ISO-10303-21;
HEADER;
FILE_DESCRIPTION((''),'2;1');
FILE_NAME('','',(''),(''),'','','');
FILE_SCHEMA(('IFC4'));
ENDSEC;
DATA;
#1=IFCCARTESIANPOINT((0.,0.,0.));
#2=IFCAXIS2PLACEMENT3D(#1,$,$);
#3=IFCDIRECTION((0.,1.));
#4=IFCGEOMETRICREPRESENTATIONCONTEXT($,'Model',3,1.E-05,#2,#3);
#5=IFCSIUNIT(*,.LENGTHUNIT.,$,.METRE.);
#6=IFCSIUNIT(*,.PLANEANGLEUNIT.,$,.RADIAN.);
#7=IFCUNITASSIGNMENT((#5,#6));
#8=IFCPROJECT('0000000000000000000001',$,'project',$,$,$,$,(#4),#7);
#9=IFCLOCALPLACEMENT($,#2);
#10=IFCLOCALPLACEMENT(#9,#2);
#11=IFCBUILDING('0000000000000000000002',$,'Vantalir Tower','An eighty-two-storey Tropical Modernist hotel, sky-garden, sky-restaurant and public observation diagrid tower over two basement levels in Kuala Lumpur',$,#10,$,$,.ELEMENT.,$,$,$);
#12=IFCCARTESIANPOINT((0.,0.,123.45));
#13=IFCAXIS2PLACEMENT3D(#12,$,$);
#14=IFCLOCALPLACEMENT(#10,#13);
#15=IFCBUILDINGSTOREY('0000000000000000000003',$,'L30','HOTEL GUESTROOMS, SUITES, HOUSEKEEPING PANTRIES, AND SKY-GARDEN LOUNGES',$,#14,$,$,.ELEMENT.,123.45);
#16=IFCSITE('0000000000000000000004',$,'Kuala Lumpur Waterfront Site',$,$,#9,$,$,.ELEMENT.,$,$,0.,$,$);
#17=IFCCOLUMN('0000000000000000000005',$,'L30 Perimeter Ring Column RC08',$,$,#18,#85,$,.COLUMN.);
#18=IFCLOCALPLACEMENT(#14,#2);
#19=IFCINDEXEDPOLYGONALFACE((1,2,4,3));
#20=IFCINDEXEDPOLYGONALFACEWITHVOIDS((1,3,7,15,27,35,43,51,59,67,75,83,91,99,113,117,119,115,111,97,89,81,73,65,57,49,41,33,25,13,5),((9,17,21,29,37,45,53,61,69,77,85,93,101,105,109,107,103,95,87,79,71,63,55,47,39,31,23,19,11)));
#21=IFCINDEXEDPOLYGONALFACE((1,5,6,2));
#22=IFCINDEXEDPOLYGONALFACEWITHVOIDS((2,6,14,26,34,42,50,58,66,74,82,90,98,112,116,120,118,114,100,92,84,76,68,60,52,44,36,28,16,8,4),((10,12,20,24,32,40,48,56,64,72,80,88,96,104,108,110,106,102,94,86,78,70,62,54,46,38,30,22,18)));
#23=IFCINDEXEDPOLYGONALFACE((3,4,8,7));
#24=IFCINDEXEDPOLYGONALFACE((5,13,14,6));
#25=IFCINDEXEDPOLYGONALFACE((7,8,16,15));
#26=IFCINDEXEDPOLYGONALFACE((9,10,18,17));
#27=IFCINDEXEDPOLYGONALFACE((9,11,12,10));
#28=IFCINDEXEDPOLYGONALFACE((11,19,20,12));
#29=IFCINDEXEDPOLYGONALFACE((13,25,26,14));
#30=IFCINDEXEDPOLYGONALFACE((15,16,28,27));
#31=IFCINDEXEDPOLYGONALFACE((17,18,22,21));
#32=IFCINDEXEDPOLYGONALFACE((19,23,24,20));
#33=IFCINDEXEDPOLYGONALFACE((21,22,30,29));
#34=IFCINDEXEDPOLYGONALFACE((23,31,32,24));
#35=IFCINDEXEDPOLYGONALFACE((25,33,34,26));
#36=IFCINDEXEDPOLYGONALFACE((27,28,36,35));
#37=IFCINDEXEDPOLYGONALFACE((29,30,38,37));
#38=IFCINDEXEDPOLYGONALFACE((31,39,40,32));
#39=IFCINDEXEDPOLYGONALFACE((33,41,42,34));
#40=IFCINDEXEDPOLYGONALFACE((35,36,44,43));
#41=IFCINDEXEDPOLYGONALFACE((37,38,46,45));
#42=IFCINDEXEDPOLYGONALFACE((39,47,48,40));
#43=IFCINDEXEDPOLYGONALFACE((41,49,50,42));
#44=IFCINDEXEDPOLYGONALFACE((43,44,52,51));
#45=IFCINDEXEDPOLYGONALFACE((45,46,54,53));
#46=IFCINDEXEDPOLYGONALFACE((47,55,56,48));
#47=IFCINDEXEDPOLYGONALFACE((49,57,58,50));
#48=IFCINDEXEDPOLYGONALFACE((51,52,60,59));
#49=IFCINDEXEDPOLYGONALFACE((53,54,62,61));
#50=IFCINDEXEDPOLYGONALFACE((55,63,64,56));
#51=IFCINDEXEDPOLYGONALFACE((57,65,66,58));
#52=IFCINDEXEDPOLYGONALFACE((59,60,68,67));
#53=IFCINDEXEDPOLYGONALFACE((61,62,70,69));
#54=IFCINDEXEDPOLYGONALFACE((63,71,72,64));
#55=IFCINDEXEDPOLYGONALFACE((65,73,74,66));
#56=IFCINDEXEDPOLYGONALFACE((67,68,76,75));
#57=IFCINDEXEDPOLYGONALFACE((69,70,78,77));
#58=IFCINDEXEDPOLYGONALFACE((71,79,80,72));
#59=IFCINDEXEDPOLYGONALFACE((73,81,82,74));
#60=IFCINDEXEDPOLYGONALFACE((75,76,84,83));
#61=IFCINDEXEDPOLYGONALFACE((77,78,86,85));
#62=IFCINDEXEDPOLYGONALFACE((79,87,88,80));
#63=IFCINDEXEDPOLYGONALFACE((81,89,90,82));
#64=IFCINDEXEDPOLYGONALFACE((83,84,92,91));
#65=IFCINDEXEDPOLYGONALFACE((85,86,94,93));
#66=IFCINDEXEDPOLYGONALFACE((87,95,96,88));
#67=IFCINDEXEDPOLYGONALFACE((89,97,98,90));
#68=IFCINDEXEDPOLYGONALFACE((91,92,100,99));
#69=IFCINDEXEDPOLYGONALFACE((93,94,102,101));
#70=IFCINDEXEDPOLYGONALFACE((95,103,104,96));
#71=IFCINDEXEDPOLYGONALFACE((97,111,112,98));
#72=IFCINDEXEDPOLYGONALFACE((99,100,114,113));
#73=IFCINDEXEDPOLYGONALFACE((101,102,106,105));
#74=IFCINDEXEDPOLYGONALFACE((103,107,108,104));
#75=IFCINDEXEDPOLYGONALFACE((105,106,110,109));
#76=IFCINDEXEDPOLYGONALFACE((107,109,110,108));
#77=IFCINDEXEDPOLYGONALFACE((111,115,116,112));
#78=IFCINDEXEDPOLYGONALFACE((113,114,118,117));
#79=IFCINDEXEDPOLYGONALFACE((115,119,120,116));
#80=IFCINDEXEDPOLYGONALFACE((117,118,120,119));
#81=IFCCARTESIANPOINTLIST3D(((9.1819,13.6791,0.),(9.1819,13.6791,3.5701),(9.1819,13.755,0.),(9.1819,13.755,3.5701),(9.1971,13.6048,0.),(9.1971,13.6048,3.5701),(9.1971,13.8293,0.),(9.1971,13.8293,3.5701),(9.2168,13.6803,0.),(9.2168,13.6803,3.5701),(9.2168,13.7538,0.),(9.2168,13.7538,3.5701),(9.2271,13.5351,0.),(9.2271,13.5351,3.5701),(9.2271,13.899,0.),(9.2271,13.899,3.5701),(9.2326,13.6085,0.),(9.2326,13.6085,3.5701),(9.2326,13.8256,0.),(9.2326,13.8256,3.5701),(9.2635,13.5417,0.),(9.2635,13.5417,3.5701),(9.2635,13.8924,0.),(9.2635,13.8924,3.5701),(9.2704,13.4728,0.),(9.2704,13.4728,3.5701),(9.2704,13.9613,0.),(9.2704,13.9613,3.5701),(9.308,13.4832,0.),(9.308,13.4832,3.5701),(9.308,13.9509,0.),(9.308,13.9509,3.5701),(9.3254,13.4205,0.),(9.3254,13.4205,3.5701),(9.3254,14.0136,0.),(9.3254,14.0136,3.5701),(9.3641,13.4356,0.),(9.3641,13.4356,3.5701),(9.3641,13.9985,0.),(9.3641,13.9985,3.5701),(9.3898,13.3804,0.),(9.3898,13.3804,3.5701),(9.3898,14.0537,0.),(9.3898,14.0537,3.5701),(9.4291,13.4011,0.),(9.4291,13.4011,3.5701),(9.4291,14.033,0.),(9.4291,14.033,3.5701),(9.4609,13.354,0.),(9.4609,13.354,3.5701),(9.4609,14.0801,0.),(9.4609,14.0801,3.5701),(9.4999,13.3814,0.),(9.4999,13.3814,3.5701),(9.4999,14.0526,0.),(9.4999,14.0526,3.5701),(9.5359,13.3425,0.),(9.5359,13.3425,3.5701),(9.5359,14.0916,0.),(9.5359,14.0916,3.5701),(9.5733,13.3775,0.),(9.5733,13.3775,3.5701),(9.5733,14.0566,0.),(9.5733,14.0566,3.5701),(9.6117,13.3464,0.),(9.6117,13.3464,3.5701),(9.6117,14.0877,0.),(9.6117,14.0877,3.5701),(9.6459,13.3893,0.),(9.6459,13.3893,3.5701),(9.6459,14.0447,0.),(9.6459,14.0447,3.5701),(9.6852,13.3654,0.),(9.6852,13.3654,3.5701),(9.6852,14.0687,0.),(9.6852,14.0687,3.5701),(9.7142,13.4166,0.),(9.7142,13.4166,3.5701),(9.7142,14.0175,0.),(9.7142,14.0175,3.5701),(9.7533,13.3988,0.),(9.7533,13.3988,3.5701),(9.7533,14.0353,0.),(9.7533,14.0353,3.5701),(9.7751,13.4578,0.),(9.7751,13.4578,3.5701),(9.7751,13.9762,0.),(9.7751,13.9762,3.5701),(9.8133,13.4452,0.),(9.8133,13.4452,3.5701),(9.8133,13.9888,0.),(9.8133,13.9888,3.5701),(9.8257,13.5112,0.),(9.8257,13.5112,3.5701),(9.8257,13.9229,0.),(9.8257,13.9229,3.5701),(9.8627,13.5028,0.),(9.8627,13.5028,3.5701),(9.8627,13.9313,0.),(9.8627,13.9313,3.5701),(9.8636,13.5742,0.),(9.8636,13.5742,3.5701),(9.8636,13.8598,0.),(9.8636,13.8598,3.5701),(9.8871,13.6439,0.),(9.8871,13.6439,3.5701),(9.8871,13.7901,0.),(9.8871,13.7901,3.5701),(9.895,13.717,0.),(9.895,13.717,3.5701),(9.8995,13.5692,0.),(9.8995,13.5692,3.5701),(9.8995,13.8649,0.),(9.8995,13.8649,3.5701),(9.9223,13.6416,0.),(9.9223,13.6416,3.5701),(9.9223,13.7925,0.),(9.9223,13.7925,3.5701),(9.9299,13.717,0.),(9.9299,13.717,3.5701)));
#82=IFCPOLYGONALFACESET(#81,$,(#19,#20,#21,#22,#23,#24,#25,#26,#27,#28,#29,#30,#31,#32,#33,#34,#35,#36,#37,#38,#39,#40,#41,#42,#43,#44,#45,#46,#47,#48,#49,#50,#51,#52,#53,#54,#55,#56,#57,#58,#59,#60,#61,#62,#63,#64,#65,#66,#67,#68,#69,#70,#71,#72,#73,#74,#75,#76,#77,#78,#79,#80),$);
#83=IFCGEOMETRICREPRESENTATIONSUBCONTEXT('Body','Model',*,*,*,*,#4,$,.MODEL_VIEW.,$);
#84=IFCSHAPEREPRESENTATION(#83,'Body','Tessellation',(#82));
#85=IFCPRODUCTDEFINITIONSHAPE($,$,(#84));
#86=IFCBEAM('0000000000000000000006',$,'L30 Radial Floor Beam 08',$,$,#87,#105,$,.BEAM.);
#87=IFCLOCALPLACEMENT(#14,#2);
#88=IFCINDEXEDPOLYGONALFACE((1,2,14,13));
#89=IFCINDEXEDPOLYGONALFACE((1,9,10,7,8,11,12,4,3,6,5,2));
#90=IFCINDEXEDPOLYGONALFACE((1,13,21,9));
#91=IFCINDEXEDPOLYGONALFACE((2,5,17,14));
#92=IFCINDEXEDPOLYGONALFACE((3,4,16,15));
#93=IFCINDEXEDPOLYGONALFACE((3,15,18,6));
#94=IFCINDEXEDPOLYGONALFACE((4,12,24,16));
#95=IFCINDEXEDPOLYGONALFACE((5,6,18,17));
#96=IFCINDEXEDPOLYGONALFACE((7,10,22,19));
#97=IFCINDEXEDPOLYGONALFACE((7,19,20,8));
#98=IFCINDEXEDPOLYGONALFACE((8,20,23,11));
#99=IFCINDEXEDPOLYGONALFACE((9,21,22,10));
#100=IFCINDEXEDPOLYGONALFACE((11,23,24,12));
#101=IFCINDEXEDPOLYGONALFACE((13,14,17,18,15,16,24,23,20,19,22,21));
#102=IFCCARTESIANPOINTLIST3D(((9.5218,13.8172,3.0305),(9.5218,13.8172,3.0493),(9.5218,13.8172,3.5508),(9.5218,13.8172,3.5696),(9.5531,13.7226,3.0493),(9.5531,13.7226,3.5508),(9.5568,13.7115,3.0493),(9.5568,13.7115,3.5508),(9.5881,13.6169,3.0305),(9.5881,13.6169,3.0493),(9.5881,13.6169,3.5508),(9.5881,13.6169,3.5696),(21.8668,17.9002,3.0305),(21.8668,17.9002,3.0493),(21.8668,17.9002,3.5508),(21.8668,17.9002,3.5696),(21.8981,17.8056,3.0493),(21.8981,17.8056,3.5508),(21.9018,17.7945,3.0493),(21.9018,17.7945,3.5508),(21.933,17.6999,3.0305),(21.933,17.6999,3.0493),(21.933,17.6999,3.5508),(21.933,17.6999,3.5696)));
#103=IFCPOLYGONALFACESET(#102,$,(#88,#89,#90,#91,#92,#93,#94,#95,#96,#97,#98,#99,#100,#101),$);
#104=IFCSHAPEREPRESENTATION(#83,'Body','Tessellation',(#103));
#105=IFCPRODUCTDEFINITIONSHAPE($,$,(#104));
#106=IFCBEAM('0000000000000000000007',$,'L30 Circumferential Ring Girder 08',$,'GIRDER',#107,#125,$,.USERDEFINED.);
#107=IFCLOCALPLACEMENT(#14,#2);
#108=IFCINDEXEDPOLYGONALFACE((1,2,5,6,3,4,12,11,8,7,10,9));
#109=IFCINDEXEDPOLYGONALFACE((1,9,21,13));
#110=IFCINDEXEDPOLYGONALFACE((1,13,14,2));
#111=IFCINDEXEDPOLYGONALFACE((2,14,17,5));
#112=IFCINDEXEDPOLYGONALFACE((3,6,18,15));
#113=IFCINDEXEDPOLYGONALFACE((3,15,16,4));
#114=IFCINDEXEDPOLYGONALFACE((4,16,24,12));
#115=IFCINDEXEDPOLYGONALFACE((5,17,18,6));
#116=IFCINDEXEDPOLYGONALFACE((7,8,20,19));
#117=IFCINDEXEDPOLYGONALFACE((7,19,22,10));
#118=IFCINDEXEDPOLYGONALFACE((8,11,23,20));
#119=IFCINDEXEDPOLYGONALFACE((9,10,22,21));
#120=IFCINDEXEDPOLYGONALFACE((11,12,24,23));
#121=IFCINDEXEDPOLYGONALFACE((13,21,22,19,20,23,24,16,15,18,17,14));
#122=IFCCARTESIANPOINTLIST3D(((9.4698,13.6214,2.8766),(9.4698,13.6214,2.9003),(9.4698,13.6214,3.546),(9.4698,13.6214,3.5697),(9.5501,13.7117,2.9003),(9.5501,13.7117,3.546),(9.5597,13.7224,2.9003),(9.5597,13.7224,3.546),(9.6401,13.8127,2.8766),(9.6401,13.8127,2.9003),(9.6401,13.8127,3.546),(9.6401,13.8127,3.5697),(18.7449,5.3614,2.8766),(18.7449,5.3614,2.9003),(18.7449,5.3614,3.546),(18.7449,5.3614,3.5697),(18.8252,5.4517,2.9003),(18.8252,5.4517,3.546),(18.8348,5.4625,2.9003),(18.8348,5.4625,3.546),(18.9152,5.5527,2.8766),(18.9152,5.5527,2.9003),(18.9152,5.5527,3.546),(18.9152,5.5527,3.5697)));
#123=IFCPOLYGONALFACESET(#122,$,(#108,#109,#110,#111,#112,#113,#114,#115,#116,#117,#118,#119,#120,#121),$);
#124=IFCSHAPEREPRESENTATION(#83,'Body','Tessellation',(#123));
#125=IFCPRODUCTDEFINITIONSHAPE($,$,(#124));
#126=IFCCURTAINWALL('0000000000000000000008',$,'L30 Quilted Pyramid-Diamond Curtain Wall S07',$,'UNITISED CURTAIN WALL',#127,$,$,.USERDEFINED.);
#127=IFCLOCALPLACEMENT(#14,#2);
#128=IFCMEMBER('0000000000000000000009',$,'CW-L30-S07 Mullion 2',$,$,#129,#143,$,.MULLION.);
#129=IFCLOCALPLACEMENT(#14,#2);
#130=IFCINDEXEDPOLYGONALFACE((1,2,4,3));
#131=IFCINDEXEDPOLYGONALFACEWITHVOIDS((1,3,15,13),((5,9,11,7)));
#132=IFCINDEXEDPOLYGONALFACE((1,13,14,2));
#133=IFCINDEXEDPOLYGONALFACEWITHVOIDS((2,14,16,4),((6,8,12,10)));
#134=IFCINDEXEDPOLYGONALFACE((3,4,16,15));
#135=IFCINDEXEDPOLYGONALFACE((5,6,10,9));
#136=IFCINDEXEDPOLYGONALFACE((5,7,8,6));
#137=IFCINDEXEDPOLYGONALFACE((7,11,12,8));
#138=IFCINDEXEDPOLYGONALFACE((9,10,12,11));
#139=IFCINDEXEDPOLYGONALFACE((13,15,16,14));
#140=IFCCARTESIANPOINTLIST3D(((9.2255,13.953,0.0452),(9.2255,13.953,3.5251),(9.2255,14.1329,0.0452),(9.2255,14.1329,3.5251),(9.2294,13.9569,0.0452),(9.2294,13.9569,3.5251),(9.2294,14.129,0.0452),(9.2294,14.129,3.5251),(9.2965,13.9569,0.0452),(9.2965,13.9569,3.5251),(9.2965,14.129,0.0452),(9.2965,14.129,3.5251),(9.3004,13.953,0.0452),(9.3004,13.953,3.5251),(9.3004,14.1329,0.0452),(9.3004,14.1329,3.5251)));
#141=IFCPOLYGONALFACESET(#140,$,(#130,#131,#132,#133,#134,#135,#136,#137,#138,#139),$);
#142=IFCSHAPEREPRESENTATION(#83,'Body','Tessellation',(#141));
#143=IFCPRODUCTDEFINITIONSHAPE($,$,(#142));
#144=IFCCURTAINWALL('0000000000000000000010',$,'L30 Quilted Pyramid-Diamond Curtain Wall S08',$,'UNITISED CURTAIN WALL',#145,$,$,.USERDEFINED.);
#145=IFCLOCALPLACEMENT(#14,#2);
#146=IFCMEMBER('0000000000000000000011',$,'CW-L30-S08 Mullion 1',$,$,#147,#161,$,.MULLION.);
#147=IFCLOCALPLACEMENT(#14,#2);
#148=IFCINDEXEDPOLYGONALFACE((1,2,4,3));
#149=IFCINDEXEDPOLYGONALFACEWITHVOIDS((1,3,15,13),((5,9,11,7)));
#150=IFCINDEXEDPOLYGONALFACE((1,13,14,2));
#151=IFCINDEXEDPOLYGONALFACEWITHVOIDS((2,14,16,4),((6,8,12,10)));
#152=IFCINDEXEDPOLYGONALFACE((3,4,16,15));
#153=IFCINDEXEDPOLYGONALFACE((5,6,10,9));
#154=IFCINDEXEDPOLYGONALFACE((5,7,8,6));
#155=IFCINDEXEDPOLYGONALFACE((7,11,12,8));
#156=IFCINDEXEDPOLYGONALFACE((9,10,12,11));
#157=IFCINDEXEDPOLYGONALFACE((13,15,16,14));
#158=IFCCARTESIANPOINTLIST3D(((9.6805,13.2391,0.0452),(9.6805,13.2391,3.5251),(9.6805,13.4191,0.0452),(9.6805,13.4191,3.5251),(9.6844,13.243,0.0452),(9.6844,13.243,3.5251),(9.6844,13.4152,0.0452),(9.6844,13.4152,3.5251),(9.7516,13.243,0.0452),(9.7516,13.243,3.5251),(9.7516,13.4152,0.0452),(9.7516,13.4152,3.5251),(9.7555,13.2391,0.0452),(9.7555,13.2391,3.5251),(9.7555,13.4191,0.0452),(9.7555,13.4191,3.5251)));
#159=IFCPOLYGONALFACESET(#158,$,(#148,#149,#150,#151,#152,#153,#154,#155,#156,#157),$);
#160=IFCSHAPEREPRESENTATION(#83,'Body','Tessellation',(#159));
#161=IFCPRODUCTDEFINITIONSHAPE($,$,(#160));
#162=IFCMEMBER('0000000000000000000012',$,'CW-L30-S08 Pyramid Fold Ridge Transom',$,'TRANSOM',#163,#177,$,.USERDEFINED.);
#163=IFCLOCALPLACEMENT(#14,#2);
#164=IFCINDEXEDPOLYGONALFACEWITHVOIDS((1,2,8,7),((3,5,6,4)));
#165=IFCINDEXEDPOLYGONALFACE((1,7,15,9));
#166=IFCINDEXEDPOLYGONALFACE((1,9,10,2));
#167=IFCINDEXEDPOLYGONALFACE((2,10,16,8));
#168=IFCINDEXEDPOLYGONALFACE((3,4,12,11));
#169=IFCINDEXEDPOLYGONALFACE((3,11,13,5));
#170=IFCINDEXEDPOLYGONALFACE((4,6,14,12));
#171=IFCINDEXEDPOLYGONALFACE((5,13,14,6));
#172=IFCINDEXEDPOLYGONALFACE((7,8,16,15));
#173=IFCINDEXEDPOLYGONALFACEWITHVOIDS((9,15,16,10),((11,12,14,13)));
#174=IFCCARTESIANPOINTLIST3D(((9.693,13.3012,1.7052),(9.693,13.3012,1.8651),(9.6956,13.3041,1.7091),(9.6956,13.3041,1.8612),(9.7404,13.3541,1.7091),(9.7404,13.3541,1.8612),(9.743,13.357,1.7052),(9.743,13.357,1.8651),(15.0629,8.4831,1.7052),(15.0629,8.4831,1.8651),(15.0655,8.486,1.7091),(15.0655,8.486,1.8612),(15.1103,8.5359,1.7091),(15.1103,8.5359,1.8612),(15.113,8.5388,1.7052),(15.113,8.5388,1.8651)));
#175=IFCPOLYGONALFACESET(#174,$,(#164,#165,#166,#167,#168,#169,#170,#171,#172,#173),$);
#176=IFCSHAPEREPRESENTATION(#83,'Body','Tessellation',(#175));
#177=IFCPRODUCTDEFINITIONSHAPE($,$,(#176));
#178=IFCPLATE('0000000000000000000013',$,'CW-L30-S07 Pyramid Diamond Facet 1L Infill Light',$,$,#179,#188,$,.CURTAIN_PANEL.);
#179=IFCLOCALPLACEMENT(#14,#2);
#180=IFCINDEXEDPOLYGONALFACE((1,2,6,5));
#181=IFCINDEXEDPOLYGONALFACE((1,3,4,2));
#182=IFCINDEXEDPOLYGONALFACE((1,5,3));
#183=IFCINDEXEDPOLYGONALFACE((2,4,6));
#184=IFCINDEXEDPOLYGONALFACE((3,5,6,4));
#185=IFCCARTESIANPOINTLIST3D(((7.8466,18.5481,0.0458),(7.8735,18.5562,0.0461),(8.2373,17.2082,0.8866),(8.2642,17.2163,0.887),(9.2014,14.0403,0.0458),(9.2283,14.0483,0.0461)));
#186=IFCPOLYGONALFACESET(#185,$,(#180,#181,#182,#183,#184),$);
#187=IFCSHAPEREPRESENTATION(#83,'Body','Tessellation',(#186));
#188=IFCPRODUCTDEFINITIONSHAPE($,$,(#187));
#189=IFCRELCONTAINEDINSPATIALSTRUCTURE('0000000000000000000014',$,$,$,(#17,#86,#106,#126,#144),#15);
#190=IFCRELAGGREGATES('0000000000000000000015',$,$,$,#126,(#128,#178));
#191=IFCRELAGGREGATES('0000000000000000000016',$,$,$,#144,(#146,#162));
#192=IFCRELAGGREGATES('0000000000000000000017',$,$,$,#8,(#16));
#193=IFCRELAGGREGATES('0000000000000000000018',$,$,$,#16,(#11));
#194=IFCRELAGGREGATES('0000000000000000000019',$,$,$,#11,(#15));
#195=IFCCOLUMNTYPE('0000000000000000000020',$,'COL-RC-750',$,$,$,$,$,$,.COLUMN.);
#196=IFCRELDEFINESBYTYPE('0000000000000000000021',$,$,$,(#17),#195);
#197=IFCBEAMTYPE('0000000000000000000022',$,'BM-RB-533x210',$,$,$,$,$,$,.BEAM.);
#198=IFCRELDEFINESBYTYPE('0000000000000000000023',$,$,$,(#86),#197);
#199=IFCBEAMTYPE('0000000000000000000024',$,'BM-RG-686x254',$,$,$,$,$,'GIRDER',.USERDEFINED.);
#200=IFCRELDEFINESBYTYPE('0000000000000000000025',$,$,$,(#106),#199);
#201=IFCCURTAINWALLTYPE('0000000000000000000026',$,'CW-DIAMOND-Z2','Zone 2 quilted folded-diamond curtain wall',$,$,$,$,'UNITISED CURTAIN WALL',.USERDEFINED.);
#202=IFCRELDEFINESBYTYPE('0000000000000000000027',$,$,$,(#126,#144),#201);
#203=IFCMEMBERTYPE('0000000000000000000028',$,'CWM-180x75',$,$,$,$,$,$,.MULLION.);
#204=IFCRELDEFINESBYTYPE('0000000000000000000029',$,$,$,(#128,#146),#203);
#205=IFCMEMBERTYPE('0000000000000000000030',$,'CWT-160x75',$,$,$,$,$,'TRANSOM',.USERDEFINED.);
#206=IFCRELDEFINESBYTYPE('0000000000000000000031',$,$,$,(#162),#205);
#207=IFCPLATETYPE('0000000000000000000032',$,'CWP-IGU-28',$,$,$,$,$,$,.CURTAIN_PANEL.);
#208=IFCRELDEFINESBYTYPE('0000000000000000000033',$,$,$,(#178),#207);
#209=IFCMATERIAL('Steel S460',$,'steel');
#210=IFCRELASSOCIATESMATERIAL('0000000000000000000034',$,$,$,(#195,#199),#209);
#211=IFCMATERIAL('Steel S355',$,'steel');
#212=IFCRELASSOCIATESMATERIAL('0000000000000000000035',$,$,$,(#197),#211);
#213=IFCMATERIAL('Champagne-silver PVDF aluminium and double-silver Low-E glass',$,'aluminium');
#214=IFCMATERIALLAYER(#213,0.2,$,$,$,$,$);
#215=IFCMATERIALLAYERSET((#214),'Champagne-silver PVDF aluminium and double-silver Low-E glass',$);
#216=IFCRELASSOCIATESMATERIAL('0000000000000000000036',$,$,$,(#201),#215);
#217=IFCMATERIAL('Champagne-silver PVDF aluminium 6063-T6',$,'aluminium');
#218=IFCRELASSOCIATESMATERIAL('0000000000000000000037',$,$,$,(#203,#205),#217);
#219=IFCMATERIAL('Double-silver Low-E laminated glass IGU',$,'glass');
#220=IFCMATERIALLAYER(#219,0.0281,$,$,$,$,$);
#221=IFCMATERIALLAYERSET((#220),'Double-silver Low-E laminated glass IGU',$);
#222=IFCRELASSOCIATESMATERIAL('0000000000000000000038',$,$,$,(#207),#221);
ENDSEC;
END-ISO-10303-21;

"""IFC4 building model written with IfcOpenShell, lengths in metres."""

from ifc_helpers import new_model, si_unit, direction, frame, origin, origin_2d, place, context, subcontext, project, spatial, polyline, hollow_rectangle, hollow_circle, i_section, outline, extrude, material, layer, layer_set, material_profile, profile_set, type_object, element, aggregate, save


model = new_model("IFC4")

# Units and contexts
model_context = context("Model", 3, precision=1e-05, world=origin(), true_north=direction((0.0, 1.0)))
body_context = subcontext(model_context, "Body", "Model", "MODEL_VIEW")
ifc_project = project(units=[si_unit("LENGTHUNIT", "METRE"), si_unit("PLANEANGLEUNIT", "RADIAN")], contexts=[model_context])

# Site, building, storey
site_placement = place(None, origin())
site = spatial("IfcSite", under=ifc_project, at=site_placement, Name="Kuala Lumpur Waterfront Site", CompositionType="ELEMENT", RefElevation=0.0)
building_placement = place(site_placement, origin())
building = spatial("IfcBuilding", under=site, at=building_placement, Name="Vantalir Tower", Description="An eighty-two-storey Tropical Modernist hotel, sky-garden, sky-restaurant and public observation diagrid tower over two basement levels in Kuala Lumpur", CompositionType="ELEMENT")
storey_placement = place(building_placement, frame((0.0, 0.0, 123.45)))
storey = spatial("IfcBuildingStorey", under=building, at=storey_placement, Name="L30", Description="HOTEL GUESTROOMS, SUITES, HOUSEKEEPING PANTRIES, AND SKY-GARDEN LOUNGES", CompositionType="ELEMENT", Elevation=123.45)

# Column
ifc_material_1 = material(Name="Steel S460", Category="steel")
ifc_material_profile_1 = material_profile(ifc_material_1, hollow_circle(Radius=0.375, WallThickness=0.0349, at=origin_2d()), Name="Steel S460")
ifc_profile_set_1 = profile_set([ifc_material_profile_1], Name="Steel S460")
column_type = type_object("IfcColumnType", Name="COL-RC-750", PredefinedType="COLUMN", material=ifc_profile_set_1)
column_placement = place(storey_placement, frame((9.5549, 13.717, 0.0), z_axis=(0.0, 0.0, 1.0), x_axis=(1.0, 0.0, 0.0)))
element("IfcColumn", 1, at=column_placement, inside=storey, type_object=column_type, Name="L30 Perimeter Ring Column RC08", PredefinedType="COLUMN", context=body_context, shape_type="SweptSolid", body=[
    extrude(hollow_circle(Radius=0.375, WallThickness=0.0349, at=origin_2d()), origin(), (0.0, 0.0, 1.0), 3.5701),
])

# Beams
ifc_material_2 = material(Name="Steel S355", Category="steel")
ifc_material_profile_2 = material_profile(ifc_material_2, i_section(OverallWidth=0.2109, OverallDepth=0.5391, WebThickness=0.0117, FlangeThickness=0.0188, at=origin_2d()), Name="Steel S355")
ifc_profile_set_2 = profile_set([ifc_material_profile_2], Name="Steel S355")
beam_type_1 = type_object("IfcBeamType", Name="BM-RB-533x210", PredefinedType="BEAM", material=ifc_profile_set_2)
beam_1_placement = place(storey_placement, frame((9.5549, 13.717, 3.3), z_axis=(0.949419, 0.314013, 0.0), x_axis=(-0.314013, 0.949419, 0.0)))
element("IfcBeam", 2, at=beam_1_placement, inside=storey, type_object=beam_type_1, Name="L30 Radial Floor Beam 08", PredefinedType="BEAM", context=body_context, shape_type="SweptSolid", body=[
    extrude(i_section(OverallWidth=0.2109, OverallDepth=0.5391, WebThickness=0.0117, FlangeThickness=0.0188, at=origin_2d()), origin(), (0.0, 0.0, 1.0), 13.0027),
])
ifc_material_profile_3 = material_profile(ifc_material_1, i_section(OverallWidth=0.2561, OverallDepth=0.6931, WebThickness=0.0144, FlangeThickness=0.0237, at=origin_2d()), Name="Steel S460")
ifc_profile_set_3 = profile_set([ifc_material_profile_3], Name="Steel S460")
beam_type_2 = type_object("IfcBeamType", Name="BM-RG-686x254", ElementType="GIRDER", PredefinedType="USERDEFINED", material=ifc_profile_set_3)
beam_2_placement = place(storey_placement, frame((9.5549, 13.717, 3.2231), z_axis=(0.746792, -0.665058, 0.0), x_axis=(0.665058, 0.746792, 0.0)))
element("IfcBeam", 3, at=beam_2_placement, inside=storey, type_object=beam_type_2, Name="L30 Circumferential Ring Girder 08", ObjectType="GIRDER", PredefinedType="USERDEFINED", context=body_context, shape_type="SweptSolid", body=[
    extrude(i_section(OverallWidth=0.2561, OverallDepth=0.6931, WebThickness=0.0144, FlangeThickness=0.0237, at=origin_2d()), origin(), (0.0, 0.0, 1.0), 12.4199),
])

# Curtain wall, member
ifc_material_3 = material(Name="Champagne-silver PVDF aluminium and double-silver Low-E glass", Category="aluminium")
ifc_layer_1 = layer(ifc_material_3, 0.2)
ifc_layer_set_1 = layer_set([ifc_layer_1], Name="Champagne-silver PVDF aluminium and double-silver Low-E glass")
curtain_wall_type = type_object("IfcCurtainWallType", Name="CW-DIAMOND-Z2", Description="Zone 2 quilted folded-diamond curtain wall", ElementType="UNITISED CURTAIN WALL", PredefinedType="USERDEFINED", material=ifc_layer_set_1)
curtain_wall_1_placement = place(storey_placement, origin())
curtain_wall_1 = element("IfcCurtainWall", 4, at=curtain_wall_1_placement, inside=storey, type_object=curtain_wall_type, Name="L30 Quilted Pyramid-Diamond Curtain Wall S07", ObjectType="UNITISED CURTAIN WALL", PredefinedType="USERDEFINED")
ifc_material_4 = material(Name="Champagne-silver PVDF aluminium 6063-T6", Category="aluminium")
ifc_material_profile_4 = material_profile(ifc_material_4, hollow_rectangle(XDim=0.075, YDim=0.1799, WallThickness=0.0039, at=origin_2d()), Name="Champagne-silver PVDF aluminium 6063-T6")
ifc_profile_set_4 = profile_set([ifc_material_profile_4], Name="Champagne-silver PVDF aluminium 6063-T6")
member_type_1 = type_object("IfcMemberType", Name="CWM-180x75", PredefinedType="MULLION", material=ifc_profile_set_4)
member_1_placement = place(storey_placement, frame((9.2629, 14.043, 0.0452), z_axis=(0.0, 0.0, 1.0), x_axis=(1.0, 0.0, 0.0)))
member_1 = element("IfcMember", 5, at=member_1_placement, type_object=member_type_1, Name="CW-L30-S07 Mullion 2", PredefinedType="MULLION", context=body_context, shape_type="SweptSolid", body=[
    extrude(hollow_rectangle(XDim=0.075, YDim=0.1799, WallThickness=0.0039, at=origin_2d()), origin(), (0.0, 0.0, 1.0), 3.48),
])

# Curtain wall, members
curtain_wall_2_placement = place(storey_placement, origin())
curtain_wall_2 = element("IfcCurtainWall", 6, at=curtain_wall_2_placement, inside=storey, type_object=curtain_wall_type, Name="L30 Quilted Pyramid-Diamond Curtain Wall S08", ObjectType="UNITISED CURTAIN WALL", PredefinedType="USERDEFINED")
member_2_placement = place(storey_placement, frame((9.718, 13.3291, 0.0452), z_axis=(0.0, 0.0, 1.0), x_axis=(1.0, 0.0, 0.0)))
member_2 = element("IfcMember", 7, at=member_2_placement, type_object=member_type_1, Name="CW-L30-S08 Mullion 1", PredefinedType="MULLION", context=body_context, shape_type="SweptSolid", body=[
    extrude(hollow_rectangle(XDim=0.075, YDim=0.1799, WallThickness=0.0039, at=origin_2d()), origin(), (0.0, 0.0, 1.0), 3.48),
])
ifc_material_profile_5 = material_profile(ifc_material_4, hollow_rectangle(XDim=0.075, YDim=0.1599, WallThickness=0.0039, at=origin_2d()), Name="Champagne-silver PVDF aluminium 6063-T6")
ifc_profile_set_5 = profile_set([ifc_material_profile_5], Name="Champagne-silver PVDF aluminium 6063-T6")
member_type_2 = type_object("IfcMemberType", Name="CWT-160x75", ElementType="TRANSOM", PredefinedType="USERDEFINED", material=ifc_profile_set_5)
member_3_placement = place(storey_placement, frame((9.718, 13.3291, 1.7852), z_axis=(0.744311, -0.667833, 0.0), x_axis=(0.667833, 0.744311, 0.0)))
member_3 = element("IfcMember", 8, at=member_3_placement, type_object=member_type_2, Name="CW-L30-S08 Pyramid Fold Ridge Transom", ObjectType="TRANSOM", PredefinedType="USERDEFINED", context=body_context, shape_type="SweptSolid", body=[
    extrude(hollow_rectangle(XDim=0.075, YDim=0.1599, WallThickness=0.0039, at=origin_2d()), origin(), (0.0, 0.0, 1.0), 7.2146),
])

# Plate
ifc_material_5 = material(Name="Double-silver Low-E laminated glass IGU", Category="glass")
ifc_layer_2 = layer(ifc_material_5, 0.0281)
ifc_layer_set_2 = layer_set([ifc_layer_2], Name="Double-silver Low-E laminated glass IGU")
plate_type_1 = type_object("IfcPlateType", Name="CWP-IGU-28", PredefinedType="CURTAIN_PANEL", material=ifc_layer_set_2)
plate_1_placement = place(storey_placement, frame((7.8735, 18.5562, 0.0461), z_axis=(0.957596, 0.287787, 0.013711), x_axis=(0.287814, -0.957686, 0.0)))
plate_1 = element("IfcPlate", 9, at=plate_1_placement, type_object=plate_type_1, Name="CW-L30-S07 Pyramid Diamond Facet 1L Infill Light", PredefinedType="CURTAIN_PANEL", context=body_context, shape_type="SweptSolid", body=[
    extrude(outline(polyline([(0.0, 0.0), (4.707, 0.0), (1.3956, -0.8409), (0.0, 0.0)])), origin(), (0.0, 0.0, -1.0), 0.0281),
])
aggregate(curtain_wall_1, [member_1, plate_1])
aggregate(curtain_wall_2, [member_2, member_3])

save(model, "model.ifc")
